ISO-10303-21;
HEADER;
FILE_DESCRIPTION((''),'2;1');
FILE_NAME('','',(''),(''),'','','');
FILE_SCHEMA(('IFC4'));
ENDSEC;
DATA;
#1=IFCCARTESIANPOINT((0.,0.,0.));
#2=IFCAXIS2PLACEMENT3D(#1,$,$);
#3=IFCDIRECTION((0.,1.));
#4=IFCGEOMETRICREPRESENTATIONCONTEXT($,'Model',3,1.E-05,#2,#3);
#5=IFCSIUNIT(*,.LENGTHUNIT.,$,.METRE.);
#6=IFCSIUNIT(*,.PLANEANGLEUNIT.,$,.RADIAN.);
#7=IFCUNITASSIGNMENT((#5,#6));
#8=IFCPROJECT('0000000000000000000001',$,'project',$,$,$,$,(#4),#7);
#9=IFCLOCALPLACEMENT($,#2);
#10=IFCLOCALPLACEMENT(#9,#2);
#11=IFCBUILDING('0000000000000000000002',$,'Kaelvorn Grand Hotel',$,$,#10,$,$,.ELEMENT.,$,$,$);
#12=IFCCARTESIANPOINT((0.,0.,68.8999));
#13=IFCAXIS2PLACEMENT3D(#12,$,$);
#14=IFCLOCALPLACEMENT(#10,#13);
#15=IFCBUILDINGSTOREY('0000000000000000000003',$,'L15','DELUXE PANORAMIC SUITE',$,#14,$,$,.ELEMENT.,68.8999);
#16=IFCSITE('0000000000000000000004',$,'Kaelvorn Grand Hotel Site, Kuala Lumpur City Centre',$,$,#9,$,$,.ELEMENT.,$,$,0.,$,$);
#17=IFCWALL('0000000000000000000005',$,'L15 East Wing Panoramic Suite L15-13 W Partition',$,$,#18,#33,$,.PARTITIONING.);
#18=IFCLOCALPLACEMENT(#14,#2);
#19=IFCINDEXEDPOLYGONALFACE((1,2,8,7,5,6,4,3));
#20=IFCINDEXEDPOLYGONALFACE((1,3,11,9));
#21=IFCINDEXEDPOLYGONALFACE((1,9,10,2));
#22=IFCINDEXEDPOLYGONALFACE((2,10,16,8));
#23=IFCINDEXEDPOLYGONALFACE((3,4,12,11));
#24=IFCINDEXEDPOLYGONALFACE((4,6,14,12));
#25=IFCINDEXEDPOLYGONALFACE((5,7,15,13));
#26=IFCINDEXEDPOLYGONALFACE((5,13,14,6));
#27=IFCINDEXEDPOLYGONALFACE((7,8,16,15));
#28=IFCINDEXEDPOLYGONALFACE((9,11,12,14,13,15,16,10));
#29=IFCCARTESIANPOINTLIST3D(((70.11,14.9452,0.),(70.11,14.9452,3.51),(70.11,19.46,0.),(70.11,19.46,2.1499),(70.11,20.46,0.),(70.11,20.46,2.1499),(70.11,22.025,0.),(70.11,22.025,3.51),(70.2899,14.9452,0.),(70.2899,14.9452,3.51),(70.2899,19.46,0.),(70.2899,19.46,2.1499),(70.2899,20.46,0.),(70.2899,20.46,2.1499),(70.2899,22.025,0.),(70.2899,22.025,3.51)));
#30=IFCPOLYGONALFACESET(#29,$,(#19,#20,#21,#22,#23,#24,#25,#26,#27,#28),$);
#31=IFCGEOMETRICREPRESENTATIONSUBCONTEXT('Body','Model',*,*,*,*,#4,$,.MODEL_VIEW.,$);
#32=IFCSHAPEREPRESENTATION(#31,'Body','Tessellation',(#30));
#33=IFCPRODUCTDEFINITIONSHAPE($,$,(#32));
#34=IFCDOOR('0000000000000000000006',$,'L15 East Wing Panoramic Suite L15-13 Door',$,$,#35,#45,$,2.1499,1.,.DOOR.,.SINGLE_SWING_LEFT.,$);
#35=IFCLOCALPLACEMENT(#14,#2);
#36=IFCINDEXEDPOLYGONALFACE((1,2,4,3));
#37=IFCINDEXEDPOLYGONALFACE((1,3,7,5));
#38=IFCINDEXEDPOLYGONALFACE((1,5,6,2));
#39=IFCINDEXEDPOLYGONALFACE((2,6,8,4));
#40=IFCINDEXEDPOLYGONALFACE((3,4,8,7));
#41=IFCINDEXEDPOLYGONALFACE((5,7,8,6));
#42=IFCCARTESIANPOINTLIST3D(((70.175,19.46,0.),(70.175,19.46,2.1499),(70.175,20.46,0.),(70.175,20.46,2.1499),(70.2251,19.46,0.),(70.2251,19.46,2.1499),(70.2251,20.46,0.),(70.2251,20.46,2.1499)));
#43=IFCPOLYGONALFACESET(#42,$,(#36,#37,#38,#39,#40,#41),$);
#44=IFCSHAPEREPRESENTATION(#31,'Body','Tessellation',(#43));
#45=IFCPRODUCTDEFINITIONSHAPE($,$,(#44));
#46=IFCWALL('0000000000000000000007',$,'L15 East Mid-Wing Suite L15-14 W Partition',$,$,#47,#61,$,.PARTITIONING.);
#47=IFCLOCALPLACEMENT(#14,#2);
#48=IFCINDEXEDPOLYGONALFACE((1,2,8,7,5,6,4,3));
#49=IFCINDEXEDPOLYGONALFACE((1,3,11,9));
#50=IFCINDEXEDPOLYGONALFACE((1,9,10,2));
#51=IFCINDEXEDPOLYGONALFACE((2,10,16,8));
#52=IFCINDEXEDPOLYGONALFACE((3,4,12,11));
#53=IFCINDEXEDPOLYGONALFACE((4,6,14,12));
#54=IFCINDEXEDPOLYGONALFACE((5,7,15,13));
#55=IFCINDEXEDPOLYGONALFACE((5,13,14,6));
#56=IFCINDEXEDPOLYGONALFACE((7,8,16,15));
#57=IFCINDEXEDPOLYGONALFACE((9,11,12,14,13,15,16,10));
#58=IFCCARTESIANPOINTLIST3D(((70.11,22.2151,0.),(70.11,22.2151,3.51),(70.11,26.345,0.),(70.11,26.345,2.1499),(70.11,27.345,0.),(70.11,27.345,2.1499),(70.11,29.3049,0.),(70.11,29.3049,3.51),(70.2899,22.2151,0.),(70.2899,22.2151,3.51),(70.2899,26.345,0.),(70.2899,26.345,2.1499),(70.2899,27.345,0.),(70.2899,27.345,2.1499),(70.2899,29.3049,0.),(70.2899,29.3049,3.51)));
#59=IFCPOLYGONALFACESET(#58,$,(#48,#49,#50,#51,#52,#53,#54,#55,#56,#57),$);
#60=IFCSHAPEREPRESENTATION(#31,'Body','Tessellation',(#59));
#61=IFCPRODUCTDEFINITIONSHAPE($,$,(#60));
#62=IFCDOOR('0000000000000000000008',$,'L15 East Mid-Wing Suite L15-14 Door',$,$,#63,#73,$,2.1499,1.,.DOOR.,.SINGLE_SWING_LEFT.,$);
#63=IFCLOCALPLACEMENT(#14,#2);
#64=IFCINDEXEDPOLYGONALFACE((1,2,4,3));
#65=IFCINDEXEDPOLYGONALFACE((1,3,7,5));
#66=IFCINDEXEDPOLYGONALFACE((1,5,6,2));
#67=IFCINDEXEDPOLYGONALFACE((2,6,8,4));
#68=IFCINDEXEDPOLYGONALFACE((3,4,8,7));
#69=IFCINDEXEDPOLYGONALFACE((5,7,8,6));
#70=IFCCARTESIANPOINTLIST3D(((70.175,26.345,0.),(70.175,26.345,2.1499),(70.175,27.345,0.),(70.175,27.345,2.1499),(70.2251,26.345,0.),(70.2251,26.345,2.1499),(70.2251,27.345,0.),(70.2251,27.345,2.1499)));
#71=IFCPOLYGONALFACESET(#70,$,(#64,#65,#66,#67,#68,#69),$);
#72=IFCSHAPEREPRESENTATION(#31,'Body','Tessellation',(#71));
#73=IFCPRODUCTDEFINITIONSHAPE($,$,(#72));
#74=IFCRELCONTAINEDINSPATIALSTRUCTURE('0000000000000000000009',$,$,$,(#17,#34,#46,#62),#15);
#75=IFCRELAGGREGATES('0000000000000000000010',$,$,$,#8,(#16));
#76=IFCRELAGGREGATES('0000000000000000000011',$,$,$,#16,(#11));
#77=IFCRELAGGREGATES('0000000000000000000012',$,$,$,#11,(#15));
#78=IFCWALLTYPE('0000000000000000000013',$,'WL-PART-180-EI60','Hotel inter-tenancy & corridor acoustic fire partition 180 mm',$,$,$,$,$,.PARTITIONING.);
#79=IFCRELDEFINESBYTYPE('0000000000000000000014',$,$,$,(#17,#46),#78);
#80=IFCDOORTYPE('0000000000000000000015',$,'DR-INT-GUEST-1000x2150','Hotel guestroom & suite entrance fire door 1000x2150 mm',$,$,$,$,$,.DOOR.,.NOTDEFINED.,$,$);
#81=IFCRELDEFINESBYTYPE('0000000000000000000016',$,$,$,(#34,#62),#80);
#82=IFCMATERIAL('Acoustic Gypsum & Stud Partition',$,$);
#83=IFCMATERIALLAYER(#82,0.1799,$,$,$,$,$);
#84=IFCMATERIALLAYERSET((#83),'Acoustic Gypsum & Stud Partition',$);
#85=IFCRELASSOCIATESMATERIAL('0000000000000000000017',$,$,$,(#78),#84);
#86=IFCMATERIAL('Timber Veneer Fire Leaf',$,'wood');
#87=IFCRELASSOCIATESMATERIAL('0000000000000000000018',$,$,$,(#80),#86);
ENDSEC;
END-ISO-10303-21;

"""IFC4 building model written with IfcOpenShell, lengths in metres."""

from ifc_helpers import new_model, si_unit, direction, frame, frame_2d, origin, place, context, subcontext, project, spatial, rectangle, extrude, material, layer, layer_set, type_object, element, fill, save


model = new_model("IFC4")

# Units and contexts
model_context = context("Model", 3, precision=1e-05, world=origin(), true_north=direction((0.0, 1.0)))
body_context = subcontext(model_context, "Body", "Model", "MODEL_VIEW")
ifc_project = project(units=[si_unit("LENGTHUNIT", "METRE"), si_unit("PLANEANGLEUNIT", "RADIAN")], contexts=[model_context])

# Site, building, storey
site_placement = place(None, origin())
site = spatial("IfcSite", under=ifc_project, at=site_placement, Name="Kaelvorn Grand Hotel Site, Kuala Lumpur City Centre", CompositionType="ELEMENT", RefElevation=0.0)
building_placement = place(site_placement, origin())
building = spatial("IfcBuilding", under=site, at=building_placement, Name="Kaelvorn Grand Hotel", CompositionType="ELEMENT")
storey_placement = place(building_placement, frame((0.0, 0.0, 68.8999)))
storey = spatial("IfcBuildingStorey", under=building, at=storey_placement, Name="L15", Description="DELUXE PANORAMIC SUITE", CompositionType="ELEMENT", Elevation=68.8999)

# Shared definitions
ifc_material_1 = material(Name="Acoustic Gypsum & Stud Partition")
ifc_layer_1 = layer(ifc_material_1, 0.1799)
ifc_layer_set_1 = layer_set([ifc_layer_1], Name="Acoustic Gypsum & Stud Partition")
wall_type_1 = type_object("IfcWallType", Name="WL-PART-180-EI60", Description="Hotel inter-tenancy & corridor acoustic fire partition 180 mm", PredefinedType="PARTITIONING", material=ifc_layer_set_1)

# Walls, openings, doors
wall_1_placement = place(storey_placement, frame((70.2, 14.9451, 0.0), z_axis=(0.0, 0.0, 1.0), x_axis=(0.0, 1.0, 0.0)))
wall_1 = element("IfcWall", 1, at=wall_1_placement, inside=storey, type_object=wall_type_1, Name="L15 East Wing Panoramic Suite L15-13 W Partition", PredefinedType="PARTITIONING", context=body_context, shape_type="SweptSolid", body=[
    extrude(rectangle(XDim=7.0798, YDim=0.1799, at=frame_2d((3.54, 0.0))), origin(), (0.0, 0.0, 1.0), 3.51),
])
opening_1_placement = place(wall_1_placement, frame((4.5149, 0.0, 0.0)))
opening_1 = element("IfcOpeningElement", 2, at=opening_1_placement, cuts=wall_1, PredefinedType="OPENING", context=body_context, shape_type="SweptSolid", body=[
    extrude(rectangle(XDim=1.0, YDim=2.1499, at=frame_2d((0.5, 1.075))), frame((0.0, 0.1001, 0.0), z_axis=(0.0, -1.0, 0.0), x_axis=(1.0, 0.0, 0.0)), (0.0, 0.0, 1.0), 0.2),
])
ifc_material_2 = material(Name="Timber Veneer Fire Leaf", Category="wood")
door_type_1 = type_object("IfcDoorType", Name="DR-INT-GUEST-1000x2150", Description="Hotel guestroom & suite entrance fire door 1000x2150 mm", OperationType="NOTDEFINED", PredefinedType="DOOR", material=ifc_material_2)
door_1_placement = place(opening_1_placement, origin())
door_1 = element("IfcDoor", 3, at=door_1_placement, inside=storey, type_object=door_type_1, Name="L15 East Wing Panoramic Suite L15-13 Door", OperationType="SINGLE_SWING_LEFT", OverallHeight=2.1499, OverallWidth=1.0, PredefinedType="DOOR", context=body_context, shape_type="SweptSolid", body=[
    extrude(rectangle(XDim=1.0, YDim=2.1499, at=frame_2d((0.5, 1.075))), frame((0.0, 0.0249, 0.0), z_axis=(0.0, -1.0, 0.0), x_axis=(1.0, 0.0, 0.0)), (0.0, 0.0, 1.0), 0.05),
])
fill(opening_1, door_1)
wall_2_placement = place(storey_placement, frame((70.2, 22.2151, 0.0), z_axis=(0.0, 0.0, 1.0), x_axis=(0.0, 1.0, 0.0)))
wall_2 = element("IfcWall", 4, at=wall_2_placement, inside=storey, type_object=wall_type_1, Name="L15 East Mid-Wing Suite L15-14 W Partition", PredefinedType="PARTITIONING", context=body_context, shape_type="SweptSolid", body=[
    extrude(rectangle(XDim=7.0898, YDim=0.1799, at=frame_2d((3.5449, 0.0))), origin(), (0.0, 0.0, 1.0), 3.51),
])
opening_2_placement = place(wall_2_placement, frame((4.1299, 0.0, 0.0)))
opening_2 = element("IfcOpeningElement", 5, at=opening_2_placement, cuts=wall_2, PredefinedType="OPENING", context=body_context, shape_type="SweptSolid", body=[
    extrude(rectangle(XDim=1.0, YDim=2.1499, at=frame_2d((0.5, 1.075))), frame((0.0, 0.1001, 0.0), z_axis=(0.0, -1.0, 0.0), x_axis=(1.0, 0.0, 0.0)), (0.0, 0.0, 1.0), 0.2),
])
door_2_placement = place(opening_2_placement, origin())
door_2 = element("IfcDoor", 6, at=door_2_placement, inside=storey, type_object=door_type_1, Name="L15 East Mid-Wing Suite L15-14 Door", OperationType="SINGLE_SWING_LEFT", OverallHeight=2.1499, OverallWidth=1.0, PredefinedType="DOOR", context=body_context, shape_type="SweptSolid", body=[
    extrude(rectangle(XDim=1.0, YDim=2.1499, at=frame_2d((0.5, 1.075))), frame((0.0, 0.0249, 0.0), z_axis=(0.0, -1.0, 0.0), x_axis=(1.0, 0.0, 0.0)), (0.0, 0.0, 1.0), 0.05),
])
fill(opening_2, door_2)

save(model, "model.ifc")
